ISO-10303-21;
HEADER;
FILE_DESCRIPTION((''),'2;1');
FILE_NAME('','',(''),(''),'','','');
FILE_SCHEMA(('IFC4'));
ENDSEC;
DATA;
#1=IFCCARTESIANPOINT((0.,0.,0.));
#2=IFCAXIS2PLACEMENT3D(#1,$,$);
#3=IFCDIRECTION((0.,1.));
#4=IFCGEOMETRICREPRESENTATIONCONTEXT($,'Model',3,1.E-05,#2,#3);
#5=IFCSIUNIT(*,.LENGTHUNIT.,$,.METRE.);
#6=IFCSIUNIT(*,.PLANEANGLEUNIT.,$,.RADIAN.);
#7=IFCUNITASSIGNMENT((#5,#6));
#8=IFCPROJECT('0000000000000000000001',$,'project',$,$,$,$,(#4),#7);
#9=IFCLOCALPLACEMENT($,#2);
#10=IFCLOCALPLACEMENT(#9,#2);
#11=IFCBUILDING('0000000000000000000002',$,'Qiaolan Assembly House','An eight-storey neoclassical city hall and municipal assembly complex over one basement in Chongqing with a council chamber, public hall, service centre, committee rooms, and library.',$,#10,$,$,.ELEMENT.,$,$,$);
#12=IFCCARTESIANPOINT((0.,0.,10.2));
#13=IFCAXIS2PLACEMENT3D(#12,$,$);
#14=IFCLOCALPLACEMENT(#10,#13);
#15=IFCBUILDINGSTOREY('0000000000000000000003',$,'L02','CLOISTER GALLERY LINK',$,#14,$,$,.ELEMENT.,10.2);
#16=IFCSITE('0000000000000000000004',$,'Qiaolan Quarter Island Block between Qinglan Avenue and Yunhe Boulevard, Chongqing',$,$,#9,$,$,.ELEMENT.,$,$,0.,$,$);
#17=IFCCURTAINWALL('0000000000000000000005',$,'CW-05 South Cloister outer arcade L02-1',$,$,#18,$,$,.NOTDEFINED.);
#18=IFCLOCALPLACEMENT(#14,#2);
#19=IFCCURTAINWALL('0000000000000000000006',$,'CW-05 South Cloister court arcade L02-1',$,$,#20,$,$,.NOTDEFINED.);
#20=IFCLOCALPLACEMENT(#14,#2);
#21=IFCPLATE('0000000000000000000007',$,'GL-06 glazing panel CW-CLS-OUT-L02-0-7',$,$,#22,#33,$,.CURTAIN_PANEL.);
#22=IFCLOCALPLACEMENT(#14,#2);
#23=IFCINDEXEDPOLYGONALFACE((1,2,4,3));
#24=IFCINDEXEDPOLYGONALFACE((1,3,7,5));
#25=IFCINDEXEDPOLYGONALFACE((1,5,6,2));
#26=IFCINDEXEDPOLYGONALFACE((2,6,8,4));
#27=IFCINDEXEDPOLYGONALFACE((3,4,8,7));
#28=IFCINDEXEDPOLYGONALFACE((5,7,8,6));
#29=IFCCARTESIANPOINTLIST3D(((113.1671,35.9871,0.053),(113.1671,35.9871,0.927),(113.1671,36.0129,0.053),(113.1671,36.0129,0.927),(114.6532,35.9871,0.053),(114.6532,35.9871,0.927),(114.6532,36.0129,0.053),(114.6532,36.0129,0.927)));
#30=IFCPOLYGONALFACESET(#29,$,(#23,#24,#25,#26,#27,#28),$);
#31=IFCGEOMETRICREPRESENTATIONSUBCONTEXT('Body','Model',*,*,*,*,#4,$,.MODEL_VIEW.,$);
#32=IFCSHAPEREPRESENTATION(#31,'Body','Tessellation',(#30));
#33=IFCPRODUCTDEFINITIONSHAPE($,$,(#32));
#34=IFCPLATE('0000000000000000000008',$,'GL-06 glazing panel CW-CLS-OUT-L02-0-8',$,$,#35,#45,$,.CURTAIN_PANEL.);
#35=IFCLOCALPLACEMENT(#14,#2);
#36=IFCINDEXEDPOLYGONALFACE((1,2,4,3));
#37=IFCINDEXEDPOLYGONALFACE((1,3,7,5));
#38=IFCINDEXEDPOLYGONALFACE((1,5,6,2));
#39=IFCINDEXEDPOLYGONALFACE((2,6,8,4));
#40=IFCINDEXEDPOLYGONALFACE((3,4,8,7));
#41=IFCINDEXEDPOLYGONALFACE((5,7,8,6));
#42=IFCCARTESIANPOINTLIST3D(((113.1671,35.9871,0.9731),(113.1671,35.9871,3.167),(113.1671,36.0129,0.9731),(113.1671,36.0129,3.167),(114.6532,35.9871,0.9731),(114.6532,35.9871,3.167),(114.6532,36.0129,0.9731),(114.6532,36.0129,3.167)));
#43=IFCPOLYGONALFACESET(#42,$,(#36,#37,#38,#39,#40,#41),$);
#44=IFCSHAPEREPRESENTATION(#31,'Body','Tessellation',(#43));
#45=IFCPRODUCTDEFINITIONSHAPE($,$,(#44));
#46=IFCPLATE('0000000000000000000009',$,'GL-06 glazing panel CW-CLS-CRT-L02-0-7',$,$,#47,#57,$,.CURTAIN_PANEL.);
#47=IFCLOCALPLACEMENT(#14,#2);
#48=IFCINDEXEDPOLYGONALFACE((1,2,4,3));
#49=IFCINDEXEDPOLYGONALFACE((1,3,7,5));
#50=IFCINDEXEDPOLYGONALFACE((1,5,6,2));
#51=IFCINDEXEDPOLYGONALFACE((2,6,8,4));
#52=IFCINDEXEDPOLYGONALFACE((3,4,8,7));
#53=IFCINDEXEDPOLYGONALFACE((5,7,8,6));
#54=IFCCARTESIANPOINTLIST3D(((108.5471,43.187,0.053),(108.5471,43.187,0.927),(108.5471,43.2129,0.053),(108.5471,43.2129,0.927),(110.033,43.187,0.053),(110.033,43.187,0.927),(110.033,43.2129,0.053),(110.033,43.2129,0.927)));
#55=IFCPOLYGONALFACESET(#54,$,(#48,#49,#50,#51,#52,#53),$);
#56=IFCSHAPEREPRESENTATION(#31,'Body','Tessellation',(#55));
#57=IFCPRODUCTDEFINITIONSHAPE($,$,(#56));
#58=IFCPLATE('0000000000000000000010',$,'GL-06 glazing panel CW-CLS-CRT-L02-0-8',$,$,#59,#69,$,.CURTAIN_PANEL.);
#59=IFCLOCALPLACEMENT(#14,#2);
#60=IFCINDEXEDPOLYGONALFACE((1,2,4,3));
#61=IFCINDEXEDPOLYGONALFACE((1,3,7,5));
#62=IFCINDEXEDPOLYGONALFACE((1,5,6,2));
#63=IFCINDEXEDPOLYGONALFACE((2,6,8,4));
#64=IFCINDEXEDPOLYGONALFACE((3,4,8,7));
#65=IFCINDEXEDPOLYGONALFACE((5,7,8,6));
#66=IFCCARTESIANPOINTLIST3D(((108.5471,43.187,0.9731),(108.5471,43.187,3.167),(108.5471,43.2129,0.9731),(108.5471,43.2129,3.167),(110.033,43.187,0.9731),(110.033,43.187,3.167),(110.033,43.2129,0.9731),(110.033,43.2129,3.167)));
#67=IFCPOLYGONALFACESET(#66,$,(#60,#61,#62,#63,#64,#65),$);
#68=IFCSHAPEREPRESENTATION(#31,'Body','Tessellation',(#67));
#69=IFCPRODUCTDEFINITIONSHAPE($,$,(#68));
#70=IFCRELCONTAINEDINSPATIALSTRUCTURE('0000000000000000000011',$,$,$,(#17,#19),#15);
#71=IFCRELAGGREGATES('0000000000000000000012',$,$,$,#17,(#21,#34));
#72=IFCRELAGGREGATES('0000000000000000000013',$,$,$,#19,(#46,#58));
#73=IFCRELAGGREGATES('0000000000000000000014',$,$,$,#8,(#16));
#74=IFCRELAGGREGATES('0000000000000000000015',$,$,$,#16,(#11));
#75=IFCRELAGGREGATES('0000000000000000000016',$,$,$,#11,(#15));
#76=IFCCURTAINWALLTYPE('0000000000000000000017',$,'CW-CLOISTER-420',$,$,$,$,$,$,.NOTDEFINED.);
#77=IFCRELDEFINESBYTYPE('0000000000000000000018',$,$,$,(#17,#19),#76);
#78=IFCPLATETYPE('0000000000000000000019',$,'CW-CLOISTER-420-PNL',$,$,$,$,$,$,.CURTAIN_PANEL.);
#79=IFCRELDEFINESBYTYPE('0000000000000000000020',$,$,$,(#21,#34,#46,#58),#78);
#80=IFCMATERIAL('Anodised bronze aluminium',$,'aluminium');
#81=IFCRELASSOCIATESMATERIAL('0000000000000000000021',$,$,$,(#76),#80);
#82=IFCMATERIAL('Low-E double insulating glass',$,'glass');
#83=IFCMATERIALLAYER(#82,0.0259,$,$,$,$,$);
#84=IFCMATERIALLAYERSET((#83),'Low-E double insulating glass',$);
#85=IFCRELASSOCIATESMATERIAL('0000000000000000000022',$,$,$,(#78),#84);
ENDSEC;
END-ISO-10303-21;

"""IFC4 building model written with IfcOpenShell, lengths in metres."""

from ifc_helpers import new_model, si_unit, direction, frame, frame_2d, origin, place, context, subcontext, project, spatial, rectangle, extrude, material, layer, layer_set, type_object, element, aggregate, save


model = new_model("IFC4")

# Units and contexts
model_context = context("Model", 3, precision=1e-05, world=origin(), true_north=direction((0.0, 1.0)))
body_context = subcontext(model_context, "Body", "Model", "MODEL_VIEW")
ifc_project = project(units=[si_unit("LENGTHUNIT", "METRE"), si_unit("PLANEANGLEUNIT", "RADIAN")], contexts=[model_context])

# Site, building, storey
site_placement = place(None, origin())
site = spatial("IfcSite", under=ifc_project, at=site_placement, Name="Qiaolan Quarter Island Block between Qinglan Avenue and Yunhe Boulevard, Chongqing", CompositionType="ELEMENT", RefElevation=0.0)
building_placement = place(site_placement, origin())
building = spatial("IfcBuilding", under=site, at=building_placement, Name="Qiaolan Assembly House", Description="An eight-storey neoclassical city hall and municipal assembly complex over one basement in Chongqing with a council chamber, public hall, service centre, committee rooms, and library.", CompositionType="ELEMENT")
storey_placement = place(building_placement, frame((0.0, 0.0, 10.2)))
storey = spatial("IfcBuildingStorey", under=building, at=storey_placement, Name="L02", Description="CLOISTER GALLERY LINK", CompositionType="ELEMENT", Elevation=10.2)

# Curtain wall
ifc_material_1 = material(Name="Anodised bronze aluminium", Category="aluminium")
curtain_wall_type = type_object("IfcCurtainWallType", Name="CW-CLOISTER-420", PredefinedType="NOTDEFINED", material=ifc_material_1)
curtain_wall_1_placement = place(storey_placement, origin())
curtain_wall_1 = element("IfcCurtainWall", 1, at=curtain_wall_1_placement, inside=storey, type_object=curtain_wall_type, Name="CW-05 South Cloister outer arcade L02-1", PredefinedType="NOTDEFINED")

# Curtain wall
curtain_wall_2_placement = place(storey_placement, origin())
curtain_wall_2 = element("IfcCurtainWall", 2, at=curtain_wall_2_placement, inside=storey, type_object=curtain_wall_type, Name="CW-05 South Cloister court arcade L02-1", PredefinedType="NOTDEFINED")

# Plates
ifc_material_2 = material(Name="Low-E double insulating glass", Category="glass")
ifc_layer = layer(ifc_material_2, 0.0259)
ifc_layer_set = layer_set([ifc_layer], Name="Low-E double insulating glass")
plate_type = type_object("IfcPlateType", Name="CW-CLOISTER-420-PNL", PredefinedType="CURTAIN_PANEL", material=ifc_layer_set)
plate_1_placement = place(storey_placement, frame((113.167, 36.0, 0.053), z_axis=(0.0, 0.0, 1.0), x_axis=(1.0, 0.0, 0.0)))
plate_1 = element("IfcPlate", 3, at=plate_1_placement, type_object=plate_type, Name="GL-06 glazing panel CW-CLS-OUT-L02-0-7", PredefinedType="CURTAIN_PANEL", context=body_context, shape_type="SweptSolid", body=[
    extrude(rectangle(XDim=1.4861, YDim=0.0259, at=frame_2d((0.7432, 0.0))), origin(), (0.0, 0.0, 1.0), 0.874),
])
plate_2_placement = place(storey_placement, frame((113.167, 36.0, 0.9731), z_axis=(0.0, 0.0, 1.0), x_axis=(1.0, 0.0, 0.0)))
plate_2 = element("IfcPlate", 4, at=plate_2_placement, type_object=plate_type, Name="GL-06 glazing panel CW-CLS-OUT-L02-0-8", PredefinedType="CURTAIN_PANEL", context=body_context, shape_type="SweptSolid", body=[
    extrude(rectangle(XDim=1.4861, YDim=0.0259, at=frame_2d((0.7432, 0.0))), origin(), (0.0, 0.0, 1.0), 2.1938),
])
aggregate(curtain_wall_1, [plate_1, plate_2])
plate_3_placement = place(storey_placement, frame((110.033, 43.2, 0.053), z_axis=(0.0, 0.0, 1.0), x_axis=(-1.0, 0.0, 0.0)))
plate_3 = element("IfcPlate", 5, at=plate_3_placement, type_object=plate_type, Name="GL-06 glazing panel CW-CLS-CRT-L02-0-7", PredefinedType="CURTAIN_PANEL", context=body_context, shape_type="SweptSolid", body=[
    extrude(rectangle(XDim=1.4858, YDim=0.0259, at=frame_2d((0.7429, 0.0))), origin(), (0.0, 0.0, 1.0), 0.874),
])
plate_4_placement = place(storey_placement, frame((110.033, 43.2, 0.9731), z_axis=(0.0, 0.0, 1.0), x_axis=(-1.0, 0.0, 0.0)))
plate_4 = element("IfcPlate", 6, at=plate_4_placement, type_object=plate_type, Name="GL-06 glazing panel CW-CLS-CRT-L02-0-8", PredefinedType="CURTAIN_PANEL", context=body_context, shape_type="SweptSolid", body=[
    extrude(rectangle(XDim=1.4858, YDim=0.0259, at=frame_2d((0.7429, 0.0))), origin(), (0.0, 0.0, 1.0), 2.1938),
])
aggregate(curtain_wall_2, [plate_3, plate_4])

save(model, "model.ifc")
